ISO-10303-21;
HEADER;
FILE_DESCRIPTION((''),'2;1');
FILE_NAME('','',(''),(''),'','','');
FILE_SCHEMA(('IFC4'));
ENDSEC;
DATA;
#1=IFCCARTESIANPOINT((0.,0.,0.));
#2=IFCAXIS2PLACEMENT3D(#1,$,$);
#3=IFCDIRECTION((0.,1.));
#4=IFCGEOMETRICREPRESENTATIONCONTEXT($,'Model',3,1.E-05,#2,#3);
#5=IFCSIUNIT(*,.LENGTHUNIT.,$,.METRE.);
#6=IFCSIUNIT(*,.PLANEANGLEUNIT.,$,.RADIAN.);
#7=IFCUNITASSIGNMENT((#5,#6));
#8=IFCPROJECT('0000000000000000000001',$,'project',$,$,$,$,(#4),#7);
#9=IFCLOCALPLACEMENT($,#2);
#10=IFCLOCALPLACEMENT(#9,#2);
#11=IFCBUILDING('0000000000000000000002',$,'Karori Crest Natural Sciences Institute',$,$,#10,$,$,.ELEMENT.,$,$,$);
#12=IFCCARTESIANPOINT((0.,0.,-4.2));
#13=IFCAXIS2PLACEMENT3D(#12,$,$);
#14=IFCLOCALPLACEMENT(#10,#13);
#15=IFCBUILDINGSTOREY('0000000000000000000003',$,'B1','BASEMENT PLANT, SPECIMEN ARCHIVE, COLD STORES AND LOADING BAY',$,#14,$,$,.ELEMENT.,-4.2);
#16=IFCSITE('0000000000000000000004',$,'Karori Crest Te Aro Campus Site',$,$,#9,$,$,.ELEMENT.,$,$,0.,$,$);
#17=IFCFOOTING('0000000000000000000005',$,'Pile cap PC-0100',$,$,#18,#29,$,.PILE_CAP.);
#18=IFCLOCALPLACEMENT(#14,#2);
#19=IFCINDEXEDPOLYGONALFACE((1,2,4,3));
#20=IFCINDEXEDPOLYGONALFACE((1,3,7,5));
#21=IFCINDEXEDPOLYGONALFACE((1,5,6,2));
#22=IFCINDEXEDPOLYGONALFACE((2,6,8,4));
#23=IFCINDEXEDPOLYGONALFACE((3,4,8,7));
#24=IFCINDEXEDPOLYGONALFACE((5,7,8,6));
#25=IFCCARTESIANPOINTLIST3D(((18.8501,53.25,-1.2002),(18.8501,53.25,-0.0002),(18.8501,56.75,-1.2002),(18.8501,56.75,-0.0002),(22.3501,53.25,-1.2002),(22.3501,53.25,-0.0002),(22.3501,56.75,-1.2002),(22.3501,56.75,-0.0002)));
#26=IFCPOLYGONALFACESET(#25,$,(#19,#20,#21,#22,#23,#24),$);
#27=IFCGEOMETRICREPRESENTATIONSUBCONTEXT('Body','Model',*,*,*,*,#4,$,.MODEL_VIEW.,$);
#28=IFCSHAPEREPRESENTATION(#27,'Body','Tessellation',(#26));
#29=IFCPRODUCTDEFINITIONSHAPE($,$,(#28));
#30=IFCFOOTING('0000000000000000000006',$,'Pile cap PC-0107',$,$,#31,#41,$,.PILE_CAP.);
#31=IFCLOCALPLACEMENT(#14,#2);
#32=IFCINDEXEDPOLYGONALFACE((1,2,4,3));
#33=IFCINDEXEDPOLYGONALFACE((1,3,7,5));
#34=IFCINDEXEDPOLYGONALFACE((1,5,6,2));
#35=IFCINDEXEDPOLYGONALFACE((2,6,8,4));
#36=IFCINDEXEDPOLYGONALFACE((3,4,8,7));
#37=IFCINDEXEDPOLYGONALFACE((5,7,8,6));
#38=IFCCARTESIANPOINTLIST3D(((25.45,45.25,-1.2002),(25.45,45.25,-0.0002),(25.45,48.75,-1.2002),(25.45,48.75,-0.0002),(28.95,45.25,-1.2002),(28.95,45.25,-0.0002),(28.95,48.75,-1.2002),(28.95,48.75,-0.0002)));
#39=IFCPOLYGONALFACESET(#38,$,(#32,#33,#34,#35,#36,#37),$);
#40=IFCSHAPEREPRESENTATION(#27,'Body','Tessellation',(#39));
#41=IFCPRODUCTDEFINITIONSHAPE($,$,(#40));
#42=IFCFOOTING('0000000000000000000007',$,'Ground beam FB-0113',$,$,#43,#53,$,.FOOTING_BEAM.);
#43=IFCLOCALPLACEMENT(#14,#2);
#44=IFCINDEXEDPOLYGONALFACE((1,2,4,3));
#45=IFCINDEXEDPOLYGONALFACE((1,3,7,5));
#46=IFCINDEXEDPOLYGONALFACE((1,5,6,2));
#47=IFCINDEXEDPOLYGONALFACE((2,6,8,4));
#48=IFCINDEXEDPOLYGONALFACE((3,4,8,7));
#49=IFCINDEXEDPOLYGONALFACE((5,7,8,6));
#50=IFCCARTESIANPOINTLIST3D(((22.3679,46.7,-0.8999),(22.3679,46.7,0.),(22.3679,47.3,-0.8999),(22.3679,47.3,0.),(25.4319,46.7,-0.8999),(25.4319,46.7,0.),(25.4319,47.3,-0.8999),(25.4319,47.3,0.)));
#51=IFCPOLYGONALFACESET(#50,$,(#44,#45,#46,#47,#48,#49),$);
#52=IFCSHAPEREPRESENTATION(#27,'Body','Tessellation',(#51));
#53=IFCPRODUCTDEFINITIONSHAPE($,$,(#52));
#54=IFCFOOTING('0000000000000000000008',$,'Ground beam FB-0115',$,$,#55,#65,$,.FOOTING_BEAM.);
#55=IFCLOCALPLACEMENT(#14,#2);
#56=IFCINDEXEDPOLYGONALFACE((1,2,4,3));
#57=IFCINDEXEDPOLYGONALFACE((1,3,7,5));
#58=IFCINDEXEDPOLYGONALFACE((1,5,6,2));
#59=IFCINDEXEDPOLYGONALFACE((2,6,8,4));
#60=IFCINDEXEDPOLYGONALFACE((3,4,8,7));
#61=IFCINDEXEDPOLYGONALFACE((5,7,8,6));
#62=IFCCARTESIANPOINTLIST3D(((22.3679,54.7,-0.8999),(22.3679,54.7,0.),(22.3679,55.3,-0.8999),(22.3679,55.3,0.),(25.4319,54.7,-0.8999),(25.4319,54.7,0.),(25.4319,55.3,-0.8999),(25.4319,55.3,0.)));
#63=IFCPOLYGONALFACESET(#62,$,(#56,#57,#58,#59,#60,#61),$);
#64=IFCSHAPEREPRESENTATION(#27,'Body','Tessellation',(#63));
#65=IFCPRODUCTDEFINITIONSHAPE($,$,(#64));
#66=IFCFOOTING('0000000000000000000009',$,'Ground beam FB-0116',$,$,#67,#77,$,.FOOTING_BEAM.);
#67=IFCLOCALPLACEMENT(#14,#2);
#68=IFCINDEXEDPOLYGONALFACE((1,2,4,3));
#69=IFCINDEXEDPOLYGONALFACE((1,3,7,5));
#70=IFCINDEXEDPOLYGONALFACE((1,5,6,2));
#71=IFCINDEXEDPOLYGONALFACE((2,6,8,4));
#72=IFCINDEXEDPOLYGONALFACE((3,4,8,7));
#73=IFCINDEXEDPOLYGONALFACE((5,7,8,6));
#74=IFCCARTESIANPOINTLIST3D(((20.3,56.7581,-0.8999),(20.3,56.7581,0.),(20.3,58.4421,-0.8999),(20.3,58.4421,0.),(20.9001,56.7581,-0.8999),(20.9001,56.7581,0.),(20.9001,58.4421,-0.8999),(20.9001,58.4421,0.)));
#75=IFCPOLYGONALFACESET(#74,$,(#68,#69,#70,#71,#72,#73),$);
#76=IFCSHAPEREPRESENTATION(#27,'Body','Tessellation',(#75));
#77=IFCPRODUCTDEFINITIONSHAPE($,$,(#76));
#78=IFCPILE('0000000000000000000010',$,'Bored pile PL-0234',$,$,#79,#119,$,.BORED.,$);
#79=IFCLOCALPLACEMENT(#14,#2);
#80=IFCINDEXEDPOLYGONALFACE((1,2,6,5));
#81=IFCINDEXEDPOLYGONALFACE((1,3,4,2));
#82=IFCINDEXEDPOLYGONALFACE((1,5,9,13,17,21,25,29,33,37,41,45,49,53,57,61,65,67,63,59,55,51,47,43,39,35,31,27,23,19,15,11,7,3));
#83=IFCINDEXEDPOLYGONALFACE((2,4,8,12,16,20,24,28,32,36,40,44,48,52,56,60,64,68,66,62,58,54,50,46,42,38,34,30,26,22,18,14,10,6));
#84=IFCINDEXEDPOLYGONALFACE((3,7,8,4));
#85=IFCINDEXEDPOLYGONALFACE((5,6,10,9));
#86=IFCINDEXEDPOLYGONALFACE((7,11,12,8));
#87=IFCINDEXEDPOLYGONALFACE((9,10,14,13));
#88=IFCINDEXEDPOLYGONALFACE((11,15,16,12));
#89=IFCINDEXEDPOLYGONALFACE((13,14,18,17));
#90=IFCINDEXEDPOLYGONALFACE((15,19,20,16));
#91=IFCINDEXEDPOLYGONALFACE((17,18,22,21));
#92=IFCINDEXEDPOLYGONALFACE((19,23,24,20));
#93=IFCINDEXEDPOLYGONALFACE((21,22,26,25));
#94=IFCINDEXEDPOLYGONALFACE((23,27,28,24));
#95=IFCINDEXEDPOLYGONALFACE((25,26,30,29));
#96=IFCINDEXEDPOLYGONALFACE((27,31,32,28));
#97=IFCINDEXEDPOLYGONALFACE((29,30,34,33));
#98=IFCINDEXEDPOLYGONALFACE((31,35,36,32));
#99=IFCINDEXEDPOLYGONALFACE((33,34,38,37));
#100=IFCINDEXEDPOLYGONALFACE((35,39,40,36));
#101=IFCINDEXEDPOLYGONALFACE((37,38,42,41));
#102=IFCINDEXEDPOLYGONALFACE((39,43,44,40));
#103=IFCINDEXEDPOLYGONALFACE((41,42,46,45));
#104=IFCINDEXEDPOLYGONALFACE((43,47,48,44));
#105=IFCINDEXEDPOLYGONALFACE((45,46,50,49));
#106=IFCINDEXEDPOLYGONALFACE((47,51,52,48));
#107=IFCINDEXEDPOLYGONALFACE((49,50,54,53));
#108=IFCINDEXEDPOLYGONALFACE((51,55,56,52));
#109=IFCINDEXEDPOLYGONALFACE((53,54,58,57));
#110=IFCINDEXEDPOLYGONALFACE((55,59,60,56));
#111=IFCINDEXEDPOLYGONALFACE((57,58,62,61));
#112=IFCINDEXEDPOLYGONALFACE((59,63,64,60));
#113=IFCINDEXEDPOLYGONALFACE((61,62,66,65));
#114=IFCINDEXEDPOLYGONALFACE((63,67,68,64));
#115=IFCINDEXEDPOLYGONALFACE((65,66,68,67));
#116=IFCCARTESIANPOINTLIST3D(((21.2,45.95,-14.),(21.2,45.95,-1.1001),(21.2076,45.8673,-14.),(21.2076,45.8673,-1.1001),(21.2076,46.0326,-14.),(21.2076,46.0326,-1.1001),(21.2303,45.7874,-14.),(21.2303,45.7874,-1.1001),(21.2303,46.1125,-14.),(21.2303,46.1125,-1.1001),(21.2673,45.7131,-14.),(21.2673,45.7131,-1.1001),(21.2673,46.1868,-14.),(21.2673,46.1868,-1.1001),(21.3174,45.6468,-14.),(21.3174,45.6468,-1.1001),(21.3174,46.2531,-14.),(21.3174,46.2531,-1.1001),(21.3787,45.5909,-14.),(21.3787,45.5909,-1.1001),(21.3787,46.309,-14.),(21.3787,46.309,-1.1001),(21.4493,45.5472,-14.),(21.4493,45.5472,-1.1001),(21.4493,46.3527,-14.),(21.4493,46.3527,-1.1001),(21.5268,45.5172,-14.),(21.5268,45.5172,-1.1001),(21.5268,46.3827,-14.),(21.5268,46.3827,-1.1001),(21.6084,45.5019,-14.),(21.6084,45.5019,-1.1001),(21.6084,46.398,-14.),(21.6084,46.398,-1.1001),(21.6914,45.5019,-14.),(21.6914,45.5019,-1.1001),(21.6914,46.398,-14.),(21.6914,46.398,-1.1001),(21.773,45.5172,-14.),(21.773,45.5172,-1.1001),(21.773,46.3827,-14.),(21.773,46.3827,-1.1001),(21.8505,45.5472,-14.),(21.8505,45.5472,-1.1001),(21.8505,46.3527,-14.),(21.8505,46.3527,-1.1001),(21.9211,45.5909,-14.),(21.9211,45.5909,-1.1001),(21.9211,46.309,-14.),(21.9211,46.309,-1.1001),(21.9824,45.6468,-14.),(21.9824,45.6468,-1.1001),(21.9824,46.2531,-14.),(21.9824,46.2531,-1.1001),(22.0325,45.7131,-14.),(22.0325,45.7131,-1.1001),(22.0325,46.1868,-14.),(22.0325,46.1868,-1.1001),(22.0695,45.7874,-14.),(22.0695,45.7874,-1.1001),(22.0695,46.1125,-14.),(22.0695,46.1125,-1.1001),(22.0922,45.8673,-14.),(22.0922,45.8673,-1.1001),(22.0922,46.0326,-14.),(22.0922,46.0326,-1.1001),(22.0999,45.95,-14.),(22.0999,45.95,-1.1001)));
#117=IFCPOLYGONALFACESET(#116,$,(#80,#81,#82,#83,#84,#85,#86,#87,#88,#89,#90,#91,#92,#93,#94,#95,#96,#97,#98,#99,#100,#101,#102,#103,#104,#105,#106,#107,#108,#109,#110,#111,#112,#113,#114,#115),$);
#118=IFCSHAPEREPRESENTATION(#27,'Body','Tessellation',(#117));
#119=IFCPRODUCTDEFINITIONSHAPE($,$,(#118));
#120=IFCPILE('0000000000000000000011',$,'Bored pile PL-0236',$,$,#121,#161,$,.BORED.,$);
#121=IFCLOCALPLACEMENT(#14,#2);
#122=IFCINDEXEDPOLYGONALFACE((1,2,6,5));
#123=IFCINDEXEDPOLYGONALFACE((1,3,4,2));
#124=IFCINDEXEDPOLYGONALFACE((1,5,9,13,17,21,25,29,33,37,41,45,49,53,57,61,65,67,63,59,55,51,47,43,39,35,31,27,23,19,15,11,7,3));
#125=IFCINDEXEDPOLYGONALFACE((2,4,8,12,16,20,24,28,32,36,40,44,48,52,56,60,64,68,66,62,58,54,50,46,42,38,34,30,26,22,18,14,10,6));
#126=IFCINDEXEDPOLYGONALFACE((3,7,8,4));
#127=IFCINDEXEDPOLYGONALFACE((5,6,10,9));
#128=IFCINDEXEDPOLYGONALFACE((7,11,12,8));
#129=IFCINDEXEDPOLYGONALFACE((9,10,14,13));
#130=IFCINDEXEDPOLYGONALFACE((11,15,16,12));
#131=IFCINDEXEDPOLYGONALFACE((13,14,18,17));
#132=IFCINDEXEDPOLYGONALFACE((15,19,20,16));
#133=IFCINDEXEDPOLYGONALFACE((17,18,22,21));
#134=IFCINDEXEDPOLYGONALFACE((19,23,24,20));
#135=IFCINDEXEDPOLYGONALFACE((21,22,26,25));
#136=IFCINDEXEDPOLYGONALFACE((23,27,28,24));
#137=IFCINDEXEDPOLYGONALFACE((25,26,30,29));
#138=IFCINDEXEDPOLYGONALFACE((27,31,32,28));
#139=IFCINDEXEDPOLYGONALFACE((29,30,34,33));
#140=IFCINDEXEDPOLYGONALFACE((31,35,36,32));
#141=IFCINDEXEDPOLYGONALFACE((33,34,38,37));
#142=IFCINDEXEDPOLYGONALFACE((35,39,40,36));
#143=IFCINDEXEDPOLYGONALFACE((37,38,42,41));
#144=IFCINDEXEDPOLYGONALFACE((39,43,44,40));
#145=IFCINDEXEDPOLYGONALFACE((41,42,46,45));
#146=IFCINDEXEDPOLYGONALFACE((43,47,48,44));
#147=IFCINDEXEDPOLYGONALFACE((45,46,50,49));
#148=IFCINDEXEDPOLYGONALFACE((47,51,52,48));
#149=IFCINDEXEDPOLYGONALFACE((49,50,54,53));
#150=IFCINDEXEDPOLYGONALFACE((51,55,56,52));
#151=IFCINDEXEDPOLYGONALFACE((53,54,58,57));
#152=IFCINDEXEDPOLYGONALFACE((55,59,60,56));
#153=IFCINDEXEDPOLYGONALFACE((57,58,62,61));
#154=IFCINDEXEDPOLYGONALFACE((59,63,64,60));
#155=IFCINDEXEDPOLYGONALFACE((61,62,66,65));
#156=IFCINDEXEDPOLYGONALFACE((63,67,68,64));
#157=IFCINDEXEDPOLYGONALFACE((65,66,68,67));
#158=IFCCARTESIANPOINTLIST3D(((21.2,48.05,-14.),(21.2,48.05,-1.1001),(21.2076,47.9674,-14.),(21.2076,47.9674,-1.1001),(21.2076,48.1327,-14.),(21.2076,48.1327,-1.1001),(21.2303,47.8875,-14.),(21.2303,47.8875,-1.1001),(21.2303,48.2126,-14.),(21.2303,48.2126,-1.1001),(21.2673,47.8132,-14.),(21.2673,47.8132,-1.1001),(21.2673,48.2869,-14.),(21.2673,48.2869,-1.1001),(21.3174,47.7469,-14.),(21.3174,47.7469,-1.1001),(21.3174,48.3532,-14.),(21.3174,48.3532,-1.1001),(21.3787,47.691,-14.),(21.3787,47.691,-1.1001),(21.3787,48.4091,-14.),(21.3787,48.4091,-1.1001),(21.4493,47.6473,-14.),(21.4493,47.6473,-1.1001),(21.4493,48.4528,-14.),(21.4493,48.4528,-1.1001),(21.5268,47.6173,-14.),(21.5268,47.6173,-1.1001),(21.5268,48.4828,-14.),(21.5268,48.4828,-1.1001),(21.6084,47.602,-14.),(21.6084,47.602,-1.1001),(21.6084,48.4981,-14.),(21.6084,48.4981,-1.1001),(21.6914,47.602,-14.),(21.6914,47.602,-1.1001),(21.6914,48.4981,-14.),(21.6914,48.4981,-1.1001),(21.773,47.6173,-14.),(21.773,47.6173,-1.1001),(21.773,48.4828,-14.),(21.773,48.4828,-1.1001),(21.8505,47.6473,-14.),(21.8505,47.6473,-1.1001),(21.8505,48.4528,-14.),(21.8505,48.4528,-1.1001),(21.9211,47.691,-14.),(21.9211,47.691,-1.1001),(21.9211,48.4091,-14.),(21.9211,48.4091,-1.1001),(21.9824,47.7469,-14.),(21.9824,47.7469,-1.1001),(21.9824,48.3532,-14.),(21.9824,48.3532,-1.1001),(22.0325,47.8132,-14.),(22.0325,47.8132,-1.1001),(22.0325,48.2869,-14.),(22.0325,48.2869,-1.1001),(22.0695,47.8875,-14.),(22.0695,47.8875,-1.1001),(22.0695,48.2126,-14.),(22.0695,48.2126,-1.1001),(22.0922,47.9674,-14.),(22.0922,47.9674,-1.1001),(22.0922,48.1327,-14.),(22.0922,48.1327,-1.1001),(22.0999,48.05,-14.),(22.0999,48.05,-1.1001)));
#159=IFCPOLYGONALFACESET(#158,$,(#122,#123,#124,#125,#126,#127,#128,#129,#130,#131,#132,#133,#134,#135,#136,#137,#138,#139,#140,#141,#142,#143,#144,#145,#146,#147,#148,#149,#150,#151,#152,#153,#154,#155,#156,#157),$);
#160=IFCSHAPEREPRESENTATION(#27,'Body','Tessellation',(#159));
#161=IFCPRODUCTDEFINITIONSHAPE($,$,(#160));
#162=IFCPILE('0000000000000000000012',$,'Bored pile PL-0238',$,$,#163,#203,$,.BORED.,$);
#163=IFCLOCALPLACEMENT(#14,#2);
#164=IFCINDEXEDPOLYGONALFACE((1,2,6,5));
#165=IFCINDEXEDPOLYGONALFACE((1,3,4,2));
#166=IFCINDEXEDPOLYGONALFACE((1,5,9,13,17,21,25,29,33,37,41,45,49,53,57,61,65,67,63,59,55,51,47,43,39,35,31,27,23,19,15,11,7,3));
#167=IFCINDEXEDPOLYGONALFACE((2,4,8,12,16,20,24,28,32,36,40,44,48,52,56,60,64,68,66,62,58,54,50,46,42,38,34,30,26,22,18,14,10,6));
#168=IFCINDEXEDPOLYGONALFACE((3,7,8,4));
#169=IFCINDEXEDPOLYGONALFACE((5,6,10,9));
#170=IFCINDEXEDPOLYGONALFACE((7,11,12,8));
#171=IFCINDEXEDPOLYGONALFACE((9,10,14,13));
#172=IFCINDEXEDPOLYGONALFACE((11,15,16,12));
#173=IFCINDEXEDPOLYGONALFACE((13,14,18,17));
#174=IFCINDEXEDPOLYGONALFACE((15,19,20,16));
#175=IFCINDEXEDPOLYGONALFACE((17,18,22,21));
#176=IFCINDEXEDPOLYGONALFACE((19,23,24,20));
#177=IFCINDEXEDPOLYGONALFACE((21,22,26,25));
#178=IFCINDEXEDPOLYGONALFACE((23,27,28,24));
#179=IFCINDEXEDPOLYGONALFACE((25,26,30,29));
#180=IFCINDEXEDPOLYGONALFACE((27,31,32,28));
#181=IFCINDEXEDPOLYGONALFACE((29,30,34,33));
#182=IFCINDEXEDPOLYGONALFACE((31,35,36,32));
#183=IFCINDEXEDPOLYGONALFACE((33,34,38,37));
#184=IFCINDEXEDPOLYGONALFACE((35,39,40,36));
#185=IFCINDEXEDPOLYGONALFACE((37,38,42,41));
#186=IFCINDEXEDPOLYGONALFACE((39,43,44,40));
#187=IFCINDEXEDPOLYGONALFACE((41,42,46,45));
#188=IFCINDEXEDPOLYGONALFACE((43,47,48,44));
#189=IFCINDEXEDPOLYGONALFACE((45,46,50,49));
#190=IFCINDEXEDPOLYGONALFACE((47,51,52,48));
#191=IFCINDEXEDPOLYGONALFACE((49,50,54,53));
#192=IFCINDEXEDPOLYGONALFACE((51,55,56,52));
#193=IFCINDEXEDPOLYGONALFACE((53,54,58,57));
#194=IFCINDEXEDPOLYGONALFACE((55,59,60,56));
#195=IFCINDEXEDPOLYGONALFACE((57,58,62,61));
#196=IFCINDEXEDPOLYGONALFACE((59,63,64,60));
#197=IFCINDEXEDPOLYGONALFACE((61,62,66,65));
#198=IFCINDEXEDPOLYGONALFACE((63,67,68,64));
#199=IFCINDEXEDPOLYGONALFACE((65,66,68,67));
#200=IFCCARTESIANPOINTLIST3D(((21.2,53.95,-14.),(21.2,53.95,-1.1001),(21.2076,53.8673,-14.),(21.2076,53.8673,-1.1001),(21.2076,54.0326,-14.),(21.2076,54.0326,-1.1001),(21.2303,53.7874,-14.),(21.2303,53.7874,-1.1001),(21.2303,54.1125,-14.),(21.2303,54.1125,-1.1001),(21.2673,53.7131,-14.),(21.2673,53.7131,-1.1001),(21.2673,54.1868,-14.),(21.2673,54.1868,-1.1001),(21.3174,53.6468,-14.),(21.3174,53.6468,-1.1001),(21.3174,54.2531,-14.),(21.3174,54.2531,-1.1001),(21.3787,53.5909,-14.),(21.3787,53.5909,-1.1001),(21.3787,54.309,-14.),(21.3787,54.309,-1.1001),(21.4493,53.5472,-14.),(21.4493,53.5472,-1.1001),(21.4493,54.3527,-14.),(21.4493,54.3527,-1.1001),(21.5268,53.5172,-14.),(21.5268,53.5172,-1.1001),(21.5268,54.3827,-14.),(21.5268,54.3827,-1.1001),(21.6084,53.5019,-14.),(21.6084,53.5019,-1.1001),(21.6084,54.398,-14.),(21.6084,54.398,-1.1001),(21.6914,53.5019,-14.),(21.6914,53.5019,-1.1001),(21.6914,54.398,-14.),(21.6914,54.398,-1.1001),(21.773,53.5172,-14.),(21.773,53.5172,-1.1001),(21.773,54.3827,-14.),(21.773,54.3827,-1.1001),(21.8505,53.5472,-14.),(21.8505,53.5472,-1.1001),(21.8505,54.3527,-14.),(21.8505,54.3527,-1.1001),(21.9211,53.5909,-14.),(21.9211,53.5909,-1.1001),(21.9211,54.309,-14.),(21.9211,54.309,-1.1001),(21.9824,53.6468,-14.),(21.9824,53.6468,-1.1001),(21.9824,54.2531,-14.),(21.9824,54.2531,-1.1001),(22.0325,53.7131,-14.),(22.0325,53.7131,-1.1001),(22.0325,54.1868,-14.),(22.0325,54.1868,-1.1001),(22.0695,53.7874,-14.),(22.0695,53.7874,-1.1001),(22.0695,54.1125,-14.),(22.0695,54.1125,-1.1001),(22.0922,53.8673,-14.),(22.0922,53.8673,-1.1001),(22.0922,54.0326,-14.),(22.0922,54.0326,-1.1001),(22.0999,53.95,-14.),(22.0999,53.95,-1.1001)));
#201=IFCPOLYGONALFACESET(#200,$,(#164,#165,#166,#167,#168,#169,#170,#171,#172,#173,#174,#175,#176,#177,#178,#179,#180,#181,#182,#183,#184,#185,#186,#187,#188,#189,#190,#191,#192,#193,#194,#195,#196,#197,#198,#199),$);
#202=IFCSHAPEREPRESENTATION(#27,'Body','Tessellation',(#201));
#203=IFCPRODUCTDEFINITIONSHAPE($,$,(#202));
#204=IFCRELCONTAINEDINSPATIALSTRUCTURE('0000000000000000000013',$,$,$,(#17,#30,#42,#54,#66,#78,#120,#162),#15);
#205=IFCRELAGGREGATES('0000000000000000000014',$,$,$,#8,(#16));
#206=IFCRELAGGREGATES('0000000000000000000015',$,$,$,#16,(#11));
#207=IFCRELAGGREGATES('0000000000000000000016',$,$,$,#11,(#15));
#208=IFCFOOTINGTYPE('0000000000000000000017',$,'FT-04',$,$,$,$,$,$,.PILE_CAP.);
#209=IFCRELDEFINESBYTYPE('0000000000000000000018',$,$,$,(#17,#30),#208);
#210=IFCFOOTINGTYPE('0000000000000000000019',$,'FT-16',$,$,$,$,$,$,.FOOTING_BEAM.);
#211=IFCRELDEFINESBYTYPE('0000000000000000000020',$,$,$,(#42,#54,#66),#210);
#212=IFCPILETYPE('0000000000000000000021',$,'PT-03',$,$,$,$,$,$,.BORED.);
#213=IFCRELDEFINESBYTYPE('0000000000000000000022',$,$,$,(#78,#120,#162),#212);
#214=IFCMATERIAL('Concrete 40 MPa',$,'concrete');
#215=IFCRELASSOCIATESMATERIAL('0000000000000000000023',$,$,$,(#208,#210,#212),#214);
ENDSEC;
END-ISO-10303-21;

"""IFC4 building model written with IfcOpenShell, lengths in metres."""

from ifc_helpers import new_model, si_unit, direction, frame, origin, origin_2d, place, context, subcontext, project, spatial, rectangle, circle, extrude, material, material_profile, profile_set, type_object, element, save


model = new_model("IFC4")

# Units and contexts
model_context = context("Model", 3, precision=1e-05, world=origin(), true_north=direction((0.0, 1.0)))
body_context = subcontext(model_context, "Body", "Model", "MODEL_VIEW")
ifc_project = project(units=[si_unit("LENGTHUNIT", "METRE"), si_unit("PLANEANGLEUNIT", "RADIAN")], contexts=[model_context])

# Site, building, storey
site_placement = place(None, origin())
site = spatial("IfcSite", under=ifc_project, at=site_placement, Name="Karori Crest Te Aro Campus Site", CompositionType="ELEMENT", RefElevation=0.0)
building_placement = place(site_placement, origin())
building = spatial("IfcBuilding", under=site, at=building_placement, Name="Karori Crest Natural Sciences Institute", CompositionType="ELEMENT")
storey_placement = place(building_placement, frame((0.0, 0.0, -4.2)))
storey = spatial("IfcBuildingStorey", under=building, at=storey_placement, Name="B1", Description="BASEMENT PLANT, SPECIMEN ARCHIVE, COLD STORES AND LOADING BAY", CompositionType="ELEMENT", Elevation=-4.2)

# Footings
ifc_material_1 = material(Name="Concrete 40 MPa", Category="concrete")
footing_type_1 = type_object("IfcFootingType", Name="FT-04", PredefinedType="PILE_CAP", material=ifc_material_1)
for number, where, z_axis, x_axis, name in (
    (1, (20.6001, 55.0, -1.2002), (0.0, 0.0, 1.0), (1.0, 0.0, 0.0), "Pile cap PC-0100"),
    (2, (27.2, 47.0, -1.2002), (0.0, 0.0, 1.0), (1.0, 0.0, 0.0), "Pile cap PC-0107"),
):
    element("IfcFooting", number, at=place(storey_placement, frame(where, z_axis=z_axis, x_axis=x_axis)), inside=storey, type_object=footing_type_1, Name=name, PredefinedType="PILE_CAP", context=body_context, shape_type="SweptSolid", body=[
        extrude(rectangle(XDim=3.5, YDim=3.5, at=origin_2d()), origin(), (0.0, 0.0, 1.0), 1.2),
    ])
footing_type_2 = type_object("IfcFootingType", Name="FT-16", PredefinedType="FOOTING_BEAM", material=ifc_material_1)
for number, where, z_axis, x_axis, name in (
    (3, (23.8999, 47.0, -0.8999), (0.0, 0.0, 1.0), (1.0, 0.0, 0.0), "Ground beam FB-0113"),
    (4, (23.8999, 55.0, -0.8999), (0.0, 0.0, 1.0), (1.0, 0.0, 0.0), "Ground beam FB-0115"),
):
    element("IfcFooting", number, at=place(storey_placement, frame(where, z_axis=z_axis, x_axis=x_axis)), inside=storey, type_object=footing_type_2, Name=name, PredefinedType="FOOTING_BEAM", context=body_context, shape_type="SweptSolid", body=[
        extrude(rectangle(XDim=3.064, YDim=0.6001, at=origin_2d()), origin(), (0.0, 0.0, 1.0), 0.8999),
    ])
footing_placement = place(storey_placement, frame((20.6001, 57.6001, -0.8999), z_axis=(0.0, 0.0, 1.0), x_axis=(0.0, 1.0, 0.0)))
element("IfcFooting", 5, at=footing_placement, inside=storey, type_object=footing_type_2, Name="Ground beam FB-0116", PredefinedType="FOOTING_BEAM", context=body_context, shape_type="SweptSolid", body=[
    extrude(rectangle(XDim=1.6841, YDim=0.6001, at=origin_2d()), origin(), (0.0, 0.0, 1.0), 0.8999),
])

# Piles
ifc_material_profile_1 = material_profile(ifc_material_1, circle(Radius=0.45, at=origin_2d()), Name="PILE900")
ifc_profile_set_1 = profile_set([ifc_material_profile_1], Name="Concrete 40 MPa")
pile_type = type_object("IfcPileType", Name="PT-03", PredefinedType="BORED", material=ifc_profile_set_1)
for number, where, z_axis, x_axis, name in (
    (6, (21.6499, 45.95, -1.1001), (0.0, 0.0, -1.0), (1.0, 0.0, 0.0), "Bored pile PL-0234"),
    (7, (21.6499, 48.05, -1.1001), (0.0, 0.0, -1.0), (1.0, 0.0, 0.0), "Bored pile PL-0236"),
    (8, (21.6499, 53.95, -1.1001), (0.0, 0.0, -1.0), (1.0, 0.0, 0.0), "Bored pile PL-0238"),
):
    element("IfcPile", number, at=place(storey_placement, frame(where, z_axis=z_axis, x_axis=x_axis)), inside=storey, type_object=pile_type, Name=name, PredefinedType="BORED", context=body_context, shape_type="SweptSolid", body=[
        extrude(circle(Radius=0.45, at=origin_2d()), origin(), (0.0, 0.0, 1.0), 12.8999),
    ])

save(model, "model.ifc")
